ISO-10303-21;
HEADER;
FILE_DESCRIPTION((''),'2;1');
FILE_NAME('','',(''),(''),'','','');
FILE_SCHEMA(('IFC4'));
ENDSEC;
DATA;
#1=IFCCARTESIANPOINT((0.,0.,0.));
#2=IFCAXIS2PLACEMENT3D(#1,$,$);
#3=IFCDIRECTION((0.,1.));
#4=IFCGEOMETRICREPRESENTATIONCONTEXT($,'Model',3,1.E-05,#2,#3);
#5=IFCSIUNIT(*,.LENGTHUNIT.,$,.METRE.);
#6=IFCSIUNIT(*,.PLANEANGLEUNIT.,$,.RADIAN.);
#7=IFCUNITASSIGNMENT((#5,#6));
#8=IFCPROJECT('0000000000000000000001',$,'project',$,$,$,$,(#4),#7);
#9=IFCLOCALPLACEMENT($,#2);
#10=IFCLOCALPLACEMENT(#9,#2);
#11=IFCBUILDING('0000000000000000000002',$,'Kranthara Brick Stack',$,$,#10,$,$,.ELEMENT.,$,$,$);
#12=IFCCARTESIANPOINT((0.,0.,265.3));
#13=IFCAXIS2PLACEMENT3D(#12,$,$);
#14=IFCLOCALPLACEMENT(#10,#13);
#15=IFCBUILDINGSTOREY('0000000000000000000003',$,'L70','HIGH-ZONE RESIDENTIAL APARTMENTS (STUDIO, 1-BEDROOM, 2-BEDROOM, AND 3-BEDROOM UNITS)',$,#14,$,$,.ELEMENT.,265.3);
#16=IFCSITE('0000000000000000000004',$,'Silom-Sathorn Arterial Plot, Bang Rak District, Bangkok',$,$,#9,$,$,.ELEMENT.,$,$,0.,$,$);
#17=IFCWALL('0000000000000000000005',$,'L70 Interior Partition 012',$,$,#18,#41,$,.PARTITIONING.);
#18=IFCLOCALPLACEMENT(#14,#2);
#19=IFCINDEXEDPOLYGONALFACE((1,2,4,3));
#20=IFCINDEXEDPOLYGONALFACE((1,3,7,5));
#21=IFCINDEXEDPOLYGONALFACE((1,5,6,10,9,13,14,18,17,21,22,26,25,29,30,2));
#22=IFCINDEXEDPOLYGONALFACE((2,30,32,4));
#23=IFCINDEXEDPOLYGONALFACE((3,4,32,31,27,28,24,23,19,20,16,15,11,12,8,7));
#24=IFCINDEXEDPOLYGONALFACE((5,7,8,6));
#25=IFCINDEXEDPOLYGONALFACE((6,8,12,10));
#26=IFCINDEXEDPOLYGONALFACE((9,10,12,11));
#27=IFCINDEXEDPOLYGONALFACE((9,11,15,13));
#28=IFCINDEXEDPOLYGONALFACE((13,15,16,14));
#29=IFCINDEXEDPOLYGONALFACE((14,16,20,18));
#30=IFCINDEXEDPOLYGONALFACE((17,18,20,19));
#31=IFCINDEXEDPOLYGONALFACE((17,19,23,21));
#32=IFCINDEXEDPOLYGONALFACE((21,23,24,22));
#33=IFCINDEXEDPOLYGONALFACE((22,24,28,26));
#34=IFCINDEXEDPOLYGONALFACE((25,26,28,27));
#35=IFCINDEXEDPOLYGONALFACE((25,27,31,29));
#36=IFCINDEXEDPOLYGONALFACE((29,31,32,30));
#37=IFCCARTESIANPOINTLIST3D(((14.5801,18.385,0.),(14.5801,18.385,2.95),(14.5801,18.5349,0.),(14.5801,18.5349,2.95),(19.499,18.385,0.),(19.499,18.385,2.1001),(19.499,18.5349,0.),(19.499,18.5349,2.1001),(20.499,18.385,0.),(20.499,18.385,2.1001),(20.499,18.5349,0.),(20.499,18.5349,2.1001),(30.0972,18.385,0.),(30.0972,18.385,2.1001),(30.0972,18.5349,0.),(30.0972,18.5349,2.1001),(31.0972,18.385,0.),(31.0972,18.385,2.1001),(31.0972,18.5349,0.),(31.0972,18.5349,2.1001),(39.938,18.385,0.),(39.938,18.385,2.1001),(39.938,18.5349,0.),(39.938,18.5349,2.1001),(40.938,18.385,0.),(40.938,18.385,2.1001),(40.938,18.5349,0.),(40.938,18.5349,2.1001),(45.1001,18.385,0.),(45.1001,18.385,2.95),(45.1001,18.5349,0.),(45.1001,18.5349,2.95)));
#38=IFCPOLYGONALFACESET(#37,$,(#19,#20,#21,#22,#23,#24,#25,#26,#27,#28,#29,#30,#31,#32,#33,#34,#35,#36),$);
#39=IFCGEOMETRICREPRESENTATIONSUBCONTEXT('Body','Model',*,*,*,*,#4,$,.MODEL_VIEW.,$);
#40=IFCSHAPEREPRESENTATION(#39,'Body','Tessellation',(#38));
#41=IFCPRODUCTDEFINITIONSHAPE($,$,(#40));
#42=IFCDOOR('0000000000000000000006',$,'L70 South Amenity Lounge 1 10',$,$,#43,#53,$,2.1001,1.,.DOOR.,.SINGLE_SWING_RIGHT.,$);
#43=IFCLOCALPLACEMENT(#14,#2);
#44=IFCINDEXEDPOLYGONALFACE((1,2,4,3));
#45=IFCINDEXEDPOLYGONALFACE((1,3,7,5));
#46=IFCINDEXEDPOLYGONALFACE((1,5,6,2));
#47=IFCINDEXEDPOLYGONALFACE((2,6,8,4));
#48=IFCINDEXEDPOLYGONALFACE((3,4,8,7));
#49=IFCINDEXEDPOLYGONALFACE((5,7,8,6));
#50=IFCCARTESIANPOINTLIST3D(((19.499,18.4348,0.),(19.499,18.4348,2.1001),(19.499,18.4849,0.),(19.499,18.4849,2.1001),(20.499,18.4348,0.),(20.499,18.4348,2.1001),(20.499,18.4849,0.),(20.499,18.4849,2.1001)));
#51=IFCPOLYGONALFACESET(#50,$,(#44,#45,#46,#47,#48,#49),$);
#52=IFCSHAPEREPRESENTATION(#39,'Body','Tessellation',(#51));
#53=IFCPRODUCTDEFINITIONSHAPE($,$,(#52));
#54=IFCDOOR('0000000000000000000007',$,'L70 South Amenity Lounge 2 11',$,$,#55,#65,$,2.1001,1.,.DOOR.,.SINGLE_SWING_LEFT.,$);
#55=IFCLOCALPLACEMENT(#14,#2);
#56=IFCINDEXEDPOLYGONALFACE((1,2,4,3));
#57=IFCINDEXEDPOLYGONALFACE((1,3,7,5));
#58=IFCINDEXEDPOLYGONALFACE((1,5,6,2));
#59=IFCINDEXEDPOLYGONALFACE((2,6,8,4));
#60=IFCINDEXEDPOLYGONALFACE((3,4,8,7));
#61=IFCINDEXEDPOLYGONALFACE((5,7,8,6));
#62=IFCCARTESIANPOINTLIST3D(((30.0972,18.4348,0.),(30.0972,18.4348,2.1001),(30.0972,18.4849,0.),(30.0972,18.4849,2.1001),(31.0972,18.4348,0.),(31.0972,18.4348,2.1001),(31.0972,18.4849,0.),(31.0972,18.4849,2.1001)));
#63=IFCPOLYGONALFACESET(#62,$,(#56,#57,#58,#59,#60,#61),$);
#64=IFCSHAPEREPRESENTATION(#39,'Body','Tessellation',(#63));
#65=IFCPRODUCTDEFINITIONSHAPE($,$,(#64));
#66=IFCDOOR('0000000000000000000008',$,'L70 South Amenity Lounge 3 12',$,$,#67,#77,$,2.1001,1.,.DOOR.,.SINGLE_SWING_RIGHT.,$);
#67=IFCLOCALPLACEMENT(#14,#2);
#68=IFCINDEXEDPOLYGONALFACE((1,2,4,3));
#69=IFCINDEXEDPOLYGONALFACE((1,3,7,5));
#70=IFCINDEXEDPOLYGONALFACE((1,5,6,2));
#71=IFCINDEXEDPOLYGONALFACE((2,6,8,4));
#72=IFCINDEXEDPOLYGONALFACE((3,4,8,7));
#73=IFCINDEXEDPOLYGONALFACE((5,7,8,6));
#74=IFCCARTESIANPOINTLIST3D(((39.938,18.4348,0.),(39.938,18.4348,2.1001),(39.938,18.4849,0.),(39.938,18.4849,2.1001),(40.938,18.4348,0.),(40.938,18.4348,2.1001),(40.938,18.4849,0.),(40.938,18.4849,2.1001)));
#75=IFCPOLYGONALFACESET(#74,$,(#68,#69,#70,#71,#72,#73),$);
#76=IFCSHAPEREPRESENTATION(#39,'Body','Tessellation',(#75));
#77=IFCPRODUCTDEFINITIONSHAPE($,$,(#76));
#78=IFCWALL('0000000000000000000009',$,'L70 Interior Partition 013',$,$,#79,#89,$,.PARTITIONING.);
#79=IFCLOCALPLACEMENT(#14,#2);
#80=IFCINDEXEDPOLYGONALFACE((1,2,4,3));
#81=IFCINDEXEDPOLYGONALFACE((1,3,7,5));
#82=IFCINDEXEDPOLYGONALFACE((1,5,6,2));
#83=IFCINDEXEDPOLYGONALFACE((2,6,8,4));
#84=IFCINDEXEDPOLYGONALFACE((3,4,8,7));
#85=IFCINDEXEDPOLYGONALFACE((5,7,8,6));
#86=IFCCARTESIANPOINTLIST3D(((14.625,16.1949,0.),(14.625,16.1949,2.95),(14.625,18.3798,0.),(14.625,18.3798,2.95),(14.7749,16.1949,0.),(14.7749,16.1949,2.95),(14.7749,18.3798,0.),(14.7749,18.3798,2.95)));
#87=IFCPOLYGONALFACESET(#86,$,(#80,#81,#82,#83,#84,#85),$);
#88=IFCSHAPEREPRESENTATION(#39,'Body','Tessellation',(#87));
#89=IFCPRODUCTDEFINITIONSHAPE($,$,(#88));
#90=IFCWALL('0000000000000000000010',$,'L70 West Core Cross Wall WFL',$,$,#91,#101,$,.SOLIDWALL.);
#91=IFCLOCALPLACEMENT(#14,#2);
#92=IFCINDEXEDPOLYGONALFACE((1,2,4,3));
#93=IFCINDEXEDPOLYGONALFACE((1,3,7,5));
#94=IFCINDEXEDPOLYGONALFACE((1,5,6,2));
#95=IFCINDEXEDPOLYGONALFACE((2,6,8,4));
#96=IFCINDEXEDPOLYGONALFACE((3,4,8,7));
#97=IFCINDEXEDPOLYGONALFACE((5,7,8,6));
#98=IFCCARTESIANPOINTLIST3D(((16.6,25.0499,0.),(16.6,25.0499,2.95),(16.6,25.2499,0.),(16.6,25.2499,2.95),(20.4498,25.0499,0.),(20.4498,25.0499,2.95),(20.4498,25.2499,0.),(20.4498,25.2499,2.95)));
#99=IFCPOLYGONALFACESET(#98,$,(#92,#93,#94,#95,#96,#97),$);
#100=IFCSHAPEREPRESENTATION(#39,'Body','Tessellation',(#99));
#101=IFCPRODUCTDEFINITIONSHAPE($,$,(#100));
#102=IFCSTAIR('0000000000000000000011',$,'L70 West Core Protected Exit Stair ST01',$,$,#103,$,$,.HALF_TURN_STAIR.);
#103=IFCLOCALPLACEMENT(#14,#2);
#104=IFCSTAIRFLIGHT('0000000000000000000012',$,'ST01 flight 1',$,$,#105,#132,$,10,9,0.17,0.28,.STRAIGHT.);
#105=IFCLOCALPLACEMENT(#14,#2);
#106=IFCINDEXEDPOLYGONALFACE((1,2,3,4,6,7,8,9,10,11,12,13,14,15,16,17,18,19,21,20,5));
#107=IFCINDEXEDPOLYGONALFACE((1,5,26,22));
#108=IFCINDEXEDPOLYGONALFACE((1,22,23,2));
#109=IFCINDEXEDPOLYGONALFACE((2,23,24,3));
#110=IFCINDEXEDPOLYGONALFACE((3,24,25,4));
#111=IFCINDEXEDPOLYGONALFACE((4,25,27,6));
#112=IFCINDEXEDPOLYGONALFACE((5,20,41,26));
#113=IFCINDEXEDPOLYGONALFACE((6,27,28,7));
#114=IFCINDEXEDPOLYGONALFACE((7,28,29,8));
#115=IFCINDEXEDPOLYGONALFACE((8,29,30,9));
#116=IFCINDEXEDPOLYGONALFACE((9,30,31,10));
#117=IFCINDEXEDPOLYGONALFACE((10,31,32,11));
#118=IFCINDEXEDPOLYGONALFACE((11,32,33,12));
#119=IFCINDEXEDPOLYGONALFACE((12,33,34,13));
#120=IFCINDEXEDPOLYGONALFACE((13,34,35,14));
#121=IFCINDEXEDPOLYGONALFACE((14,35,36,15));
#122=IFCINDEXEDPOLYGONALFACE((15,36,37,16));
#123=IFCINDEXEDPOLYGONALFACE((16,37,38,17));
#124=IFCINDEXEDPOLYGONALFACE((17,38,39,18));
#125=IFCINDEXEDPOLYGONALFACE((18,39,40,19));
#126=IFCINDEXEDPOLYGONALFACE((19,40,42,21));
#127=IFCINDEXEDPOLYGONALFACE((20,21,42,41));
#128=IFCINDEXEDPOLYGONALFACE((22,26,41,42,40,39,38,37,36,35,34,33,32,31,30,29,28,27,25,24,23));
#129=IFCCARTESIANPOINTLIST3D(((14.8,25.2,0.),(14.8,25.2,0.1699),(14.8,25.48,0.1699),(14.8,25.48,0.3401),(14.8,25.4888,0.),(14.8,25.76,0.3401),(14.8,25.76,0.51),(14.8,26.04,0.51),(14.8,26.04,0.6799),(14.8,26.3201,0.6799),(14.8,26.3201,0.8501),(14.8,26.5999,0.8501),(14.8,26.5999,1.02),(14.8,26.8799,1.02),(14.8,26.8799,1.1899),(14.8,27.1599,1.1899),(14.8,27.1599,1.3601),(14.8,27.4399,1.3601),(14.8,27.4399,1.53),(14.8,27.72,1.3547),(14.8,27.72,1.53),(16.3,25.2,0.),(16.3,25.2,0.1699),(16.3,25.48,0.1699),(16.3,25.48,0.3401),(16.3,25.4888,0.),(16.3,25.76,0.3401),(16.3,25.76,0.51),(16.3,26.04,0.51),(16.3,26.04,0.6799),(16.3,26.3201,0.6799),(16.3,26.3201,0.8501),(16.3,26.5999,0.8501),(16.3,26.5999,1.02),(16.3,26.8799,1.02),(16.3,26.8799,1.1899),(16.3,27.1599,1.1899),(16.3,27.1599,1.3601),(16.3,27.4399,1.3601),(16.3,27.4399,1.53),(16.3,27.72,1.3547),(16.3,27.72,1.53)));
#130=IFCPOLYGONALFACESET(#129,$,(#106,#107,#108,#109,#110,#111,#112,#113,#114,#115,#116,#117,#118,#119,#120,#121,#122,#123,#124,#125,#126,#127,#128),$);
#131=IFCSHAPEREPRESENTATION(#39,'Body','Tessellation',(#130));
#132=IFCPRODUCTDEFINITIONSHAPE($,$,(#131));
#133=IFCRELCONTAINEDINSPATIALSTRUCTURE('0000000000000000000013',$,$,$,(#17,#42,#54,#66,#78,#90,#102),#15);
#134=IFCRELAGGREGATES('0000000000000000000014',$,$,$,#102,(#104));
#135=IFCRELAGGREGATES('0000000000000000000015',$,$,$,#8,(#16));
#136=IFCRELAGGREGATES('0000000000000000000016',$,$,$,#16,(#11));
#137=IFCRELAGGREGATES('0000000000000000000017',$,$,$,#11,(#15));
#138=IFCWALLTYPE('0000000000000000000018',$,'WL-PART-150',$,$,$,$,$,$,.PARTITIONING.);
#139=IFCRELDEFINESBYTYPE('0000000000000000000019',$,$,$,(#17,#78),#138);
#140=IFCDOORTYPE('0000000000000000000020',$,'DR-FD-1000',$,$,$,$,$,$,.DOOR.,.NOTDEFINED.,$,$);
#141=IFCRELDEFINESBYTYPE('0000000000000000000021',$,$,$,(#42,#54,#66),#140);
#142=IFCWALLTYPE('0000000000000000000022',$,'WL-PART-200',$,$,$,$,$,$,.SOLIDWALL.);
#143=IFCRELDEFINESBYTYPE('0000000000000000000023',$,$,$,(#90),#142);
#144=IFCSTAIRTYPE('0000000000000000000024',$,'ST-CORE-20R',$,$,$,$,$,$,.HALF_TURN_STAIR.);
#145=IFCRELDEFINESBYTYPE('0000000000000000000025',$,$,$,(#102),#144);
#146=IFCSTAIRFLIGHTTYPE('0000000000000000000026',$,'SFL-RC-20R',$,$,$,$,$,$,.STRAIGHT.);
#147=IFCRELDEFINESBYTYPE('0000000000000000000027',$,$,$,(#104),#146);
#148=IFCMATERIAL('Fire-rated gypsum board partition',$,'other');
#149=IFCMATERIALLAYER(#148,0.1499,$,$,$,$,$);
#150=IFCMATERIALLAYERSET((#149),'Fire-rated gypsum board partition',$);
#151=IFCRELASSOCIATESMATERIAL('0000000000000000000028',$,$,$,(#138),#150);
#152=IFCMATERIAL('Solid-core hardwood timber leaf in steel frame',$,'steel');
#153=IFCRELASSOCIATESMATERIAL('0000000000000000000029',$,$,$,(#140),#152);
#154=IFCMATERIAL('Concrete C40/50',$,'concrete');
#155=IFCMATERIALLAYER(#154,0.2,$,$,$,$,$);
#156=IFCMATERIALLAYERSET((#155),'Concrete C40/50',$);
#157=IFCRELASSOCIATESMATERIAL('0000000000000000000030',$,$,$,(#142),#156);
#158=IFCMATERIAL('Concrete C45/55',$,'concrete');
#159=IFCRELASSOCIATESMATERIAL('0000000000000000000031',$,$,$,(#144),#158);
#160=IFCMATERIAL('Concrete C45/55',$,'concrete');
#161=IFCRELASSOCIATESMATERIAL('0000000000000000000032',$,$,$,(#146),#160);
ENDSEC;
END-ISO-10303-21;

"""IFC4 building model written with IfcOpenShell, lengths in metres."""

from ifc_helpers import new_model, si_unit, direction, frame, frame_2d, origin, place, context, subcontext, project, spatial, polyline, rectangle, outline, extrude, material, layer, layer_set, type_object, element, fill, aggregate, save


model = new_model("IFC4")

# Units and contexts
model_context = context("Model", 3, precision=1e-05, world=origin(), true_north=direction((0.0, 1.0)))
body_context = subcontext(model_context, "Body", "Model", "MODEL_VIEW")
ifc_project = project(units=[si_unit("LENGTHUNIT", "METRE"), si_unit("PLANEANGLEUNIT", "RADIAN")], contexts=[model_context])

# Site, building, storey
site_placement = place(None, origin())
site = spatial("IfcSite", under=ifc_project, at=site_placement, Name="Silom-Sathorn Arterial Plot, Bang Rak District, Bangkok", CompositionType="ELEMENT", RefElevation=0.0)
building_placement = place(site_placement, origin())
building = spatial("IfcBuilding", under=site, at=building_placement, Name="Kranthara Brick Stack", CompositionType="ELEMENT")
storey_placement = place(building_placement, frame((0.0, 0.0, 265.3)))
storey = spatial("IfcBuildingStorey", under=building, at=storey_placement, Name="L70", Description="HIGH-ZONE RESIDENTIAL APARTMENTS (STUDIO, 1-BEDROOM, 2-BEDROOM, AND 3-BEDROOM UNITS)", CompositionType="ELEMENT", Elevation=265.3)

# Wall, openings, doors
ifc_material_1 = material(Name="Fire-rated gypsum board partition", Category="other")
ifc_layer_1 = layer(ifc_material_1, 0.1499)
ifc_layer_set_1 = layer_set([ifc_layer_1], Name="Fire-rated gypsum board partition")
wall_type_1 = type_object("IfcWallType", Name="WL-PART-150", PredefinedType="PARTITIONING", material=ifc_layer_set_1)
wall_1_placement = place(storey_placement, frame((14.5801, 18.46, 0.0), z_axis=(0.0, 0.0, 1.0), x_axis=(1.0, 0.0, 0.0)))
wall_1 = element("IfcWall", 1, at=wall_1_placement, inside=storey, type_object=wall_type_1, Name="L70 Interior Partition 012", PredefinedType="PARTITIONING", context=body_context, shape_type="SweptSolid", body=[
    extrude(rectangle(XDim=30.52, YDim=0.1499, at=frame_2d((15.26, 0.0))), origin(), (0.0, 0.0, 1.0), 2.95),
])
opening_1_placement = place(wall_1_placement, frame((4.9189, 0.0, 0.0)))
opening_1 = element("IfcOpeningElement", 2, at=opening_1_placement, cuts=wall_1, PredefinedType="OPENING", context=body_context, shape_type="SweptSolid", body=[
    extrude(rectangle(XDim=1.0, YDim=2.1001, at=frame_2d((0.5, 1.05))), frame((0.0, 0.085, 0.0), z_axis=(0.0, -1.0, 0.0), x_axis=(1.0, 0.0, 0.0)), (0.0, 0.0, 1.0), 0.1699),
])
opening_2_placement = place(wall_1_placement, frame((15.5171, 0.0, 0.0)))
opening_2 = element("IfcOpeningElement", 3, at=opening_2_placement, cuts=wall_1, PredefinedType="OPENING", context=body_context, shape_type="SweptSolid", body=[
    extrude(rectangle(XDim=1.0, YDim=2.1001, at=frame_2d((0.5, 1.05))), frame((0.0, 0.085, 0.0), z_axis=(0.0, -1.0, 0.0), x_axis=(1.0, 0.0, 0.0)), (0.0, 0.0, 1.0), 0.1699),
])
opening_3_placement = place(wall_1_placement, frame((25.3579, 0.0, 0.0)))
opening_3 = element("IfcOpeningElement", 4, at=opening_3_placement, cuts=wall_1, PredefinedType="OPENING", context=body_context, shape_type="SweptSolid", body=[
    extrude(rectangle(XDim=1.0, YDim=2.1001, at=frame_2d((0.5, 1.05))), frame((0.0, 0.085, 0.0), z_axis=(0.0, -1.0, 0.0), x_axis=(1.0, 0.0, 0.0)), (0.0, 0.0, 1.0), 0.1699),
])
ifc_material_2 = material(Name="Solid-core hardwood timber leaf in steel frame", Category="steel")
door_type_1 = type_object("IfcDoorType", Name="DR-FD-1000", OperationType="NOTDEFINED", PredefinedType="DOOR", material=ifc_material_2)
door_1_placement = place(opening_1_placement, origin())
door_1 = element("IfcDoor", 5, at=door_1_placement, inside=storey, type_object=door_type_1, Name="L70 South Amenity Lounge 1 10", OperationType="SINGLE_SWING_RIGHT", OverallHeight=2.1001, OverallWidth=1.0, PredefinedType="DOOR", context=body_context, shape_type="SweptSolid", body=[
    extrude(rectangle(XDim=1.0, YDim=2.1001, at=frame_2d((0.5, 1.05))), frame((0.0, 0.0249, 0.0), z_axis=(0.0, -1.0, 0.0), x_axis=(1.0, 0.0, 0.0)), (0.0, 0.0, 1.0), 0.05),
])
fill(opening_1, door_1)
door_2_placement = place(opening_2_placement, origin())
door_2 = element("IfcDoor", 6, at=door_2_placement, inside=storey, type_object=door_type_1, Name="L70 South Amenity Lounge 2 11", OperationType="SINGLE_SWING_LEFT", OverallHeight=2.1001, OverallWidth=1.0, PredefinedType="DOOR", context=body_context, shape_type="SweptSolid", body=[
    extrude(rectangle(XDim=1.0, YDim=2.1001, at=frame_2d((0.5, 1.05))), frame((0.0, 0.0249, 0.0), z_axis=(0.0, -1.0, 0.0), x_axis=(1.0, 0.0, 0.0)), (0.0, 0.0, 1.0), 0.05),
])
fill(opening_2, door_2)
door_3_placement = place(opening_3_placement, origin())
door_3 = element("IfcDoor", 7, at=door_3_placement, inside=storey, type_object=door_type_1, Name="L70 South Amenity Lounge 3 12", OperationType="SINGLE_SWING_RIGHT", OverallHeight=2.1001, OverallWidth=1.0, PredefinedType="DOOR", context=body_context, shape_type="SweptSolid", body=[
    extrude(rectangle(XDim=1.0, YDim=2.1001, at=frame_2d((0.5, 1.05))), frame((0.0, 0.0249, 0.0), z_axis=(0.0, -1.0, 0.0), x_axis=(1.0, 0.0, 0.0)), (0.0, 0.0, 1.0), 0.05),
])
fill(opening_3, door_3)

# Walls
wall_2_placement = place(storey_placement, frame((14.7, 16.1951, 0.0), z_axis=(0.0, 0.0, 1.0), x_axis=(0.0, 1.0, 0.0)))
element("IfcWall", 8, at=wall_2_placement, inside=storey, type_object=wall_type_1, Name="L70 Interior Partition 013", PredefinedType="PARTITIONING", context=body_context, shape_type="SweptSolid", body=[
    extrude(rectangle(XDim=2.1848, YDim=0.1499, at=frame_2d((1.0923, 0.0))), origin(), (0.0, 0.0, 1.0), 2.95),
])
ifc_material_3 = material(Name="Concrete C40/50", Category="concrete")
ifc_layer_2 = layer(ifc_material_3, 0.2)
ifc_layer_set_2 = layer_set([ifc_layer_2], Name="Concrete C40/50")
wall_type_2 = type_object("IfcWallType", Name="WL-PART-200", PredefinedType="SOLIDWALL", material=ifc_layer_set_2)
wall_3_placement = place(storey_placement, frame((16.6001, 25.1499, 0.0), z_axis=(0.0, 0.0, 1.0), x_axis=(1.0, 0.0, 0.0)))
element("IfcWall", 9, at=wall_3_placement, inside=storey, type_object=wall_type_2, Name="L70 West Core Cross Wall WFL", PredefinedType="SOLIDWALL", context=body_context, shape_type="SweptSolid", body=[
    extrude(rectangle(XDim=3.8499, YDim=0.2, at=frame_2d((1.9248, 0.0))), origin(), (0.0, 0.0, 1.0), 2.95),
])

# Stair, stair flight
ifc_material_4 = material(Name="Concrete C45/55", Category="concrete")
stair_type = type_object("IfcStairType", Name="ST-CORE-20R", PredefinedType="HALF_TURN_STAIR", material=ifc_material_4)
stair_placement = place(storey_placement, origin())
stair = element("IfcStair", 10, at=stair_placement, inside=storey, type_object=stair_type, Name="L70 West Core Protected Exit Stair ST01", PredefinedType="HALF_TURN_STAIR")
ifc_material_5 = material(Name="Concrete C45/55", Category="concrete")
stair_flight_type = type_object("IfcStairFlightType", Name="SFL-RC-20R", PredefinedType="STRAIGHT", material=ifc_material_5)
stair_flight_placement = place(storey_placement, frame((15.55, 25.2, 0.0), z_axis=(0.0, 0.0, 1.0), x_axis=(0.0, 1.0, 0.0)))
stair_flight = element("IfcStairFlight", 11, at=stair_flight_placement, type_object=stair_flight_type, Name="ST01 flight 1", NumberOfRisers=10, NumberOfTreads=9, PredefinedType="STRAIGHT", RiserHeight=0.17, TreadLength=0.28, context=body_context, shape_type="SweptSolid", body=[
    extrude(outline(polyline([(0.0, 0.0), (0.0, 0.1699), (0.28, 0.1699), (0.28, 0.3401), (0.5601, 0.3401), (0.5601, 0.51), (0.8401, 0.51), (0.8401, 0.6799), (1.1201, 0.6799), (1.1201, 0.8501), (1.3999, 0.8501), (1.3999, 1.02), (1.6799, 1.02), (1.6799, 1.1899), (1.96, 1.1899), (1.96, 1.3601), (2.24, 1.3601), (2.24, 1.53), (2.52, 1.53), (2.52, 1.7), (2.52, 1.3547), (0.2888, 0.0), (0.0, 0.0)])), frame((0.0, 0.75, 0.0), z_axis=(0.0, -1.0, 0.0), x_axis=(1.0, 0.0, 0.0)), (0.0, 0.0, 1.0), 1.5),
])
aggregate(stair, [stair_flight])

save(model, "model.ifc")
